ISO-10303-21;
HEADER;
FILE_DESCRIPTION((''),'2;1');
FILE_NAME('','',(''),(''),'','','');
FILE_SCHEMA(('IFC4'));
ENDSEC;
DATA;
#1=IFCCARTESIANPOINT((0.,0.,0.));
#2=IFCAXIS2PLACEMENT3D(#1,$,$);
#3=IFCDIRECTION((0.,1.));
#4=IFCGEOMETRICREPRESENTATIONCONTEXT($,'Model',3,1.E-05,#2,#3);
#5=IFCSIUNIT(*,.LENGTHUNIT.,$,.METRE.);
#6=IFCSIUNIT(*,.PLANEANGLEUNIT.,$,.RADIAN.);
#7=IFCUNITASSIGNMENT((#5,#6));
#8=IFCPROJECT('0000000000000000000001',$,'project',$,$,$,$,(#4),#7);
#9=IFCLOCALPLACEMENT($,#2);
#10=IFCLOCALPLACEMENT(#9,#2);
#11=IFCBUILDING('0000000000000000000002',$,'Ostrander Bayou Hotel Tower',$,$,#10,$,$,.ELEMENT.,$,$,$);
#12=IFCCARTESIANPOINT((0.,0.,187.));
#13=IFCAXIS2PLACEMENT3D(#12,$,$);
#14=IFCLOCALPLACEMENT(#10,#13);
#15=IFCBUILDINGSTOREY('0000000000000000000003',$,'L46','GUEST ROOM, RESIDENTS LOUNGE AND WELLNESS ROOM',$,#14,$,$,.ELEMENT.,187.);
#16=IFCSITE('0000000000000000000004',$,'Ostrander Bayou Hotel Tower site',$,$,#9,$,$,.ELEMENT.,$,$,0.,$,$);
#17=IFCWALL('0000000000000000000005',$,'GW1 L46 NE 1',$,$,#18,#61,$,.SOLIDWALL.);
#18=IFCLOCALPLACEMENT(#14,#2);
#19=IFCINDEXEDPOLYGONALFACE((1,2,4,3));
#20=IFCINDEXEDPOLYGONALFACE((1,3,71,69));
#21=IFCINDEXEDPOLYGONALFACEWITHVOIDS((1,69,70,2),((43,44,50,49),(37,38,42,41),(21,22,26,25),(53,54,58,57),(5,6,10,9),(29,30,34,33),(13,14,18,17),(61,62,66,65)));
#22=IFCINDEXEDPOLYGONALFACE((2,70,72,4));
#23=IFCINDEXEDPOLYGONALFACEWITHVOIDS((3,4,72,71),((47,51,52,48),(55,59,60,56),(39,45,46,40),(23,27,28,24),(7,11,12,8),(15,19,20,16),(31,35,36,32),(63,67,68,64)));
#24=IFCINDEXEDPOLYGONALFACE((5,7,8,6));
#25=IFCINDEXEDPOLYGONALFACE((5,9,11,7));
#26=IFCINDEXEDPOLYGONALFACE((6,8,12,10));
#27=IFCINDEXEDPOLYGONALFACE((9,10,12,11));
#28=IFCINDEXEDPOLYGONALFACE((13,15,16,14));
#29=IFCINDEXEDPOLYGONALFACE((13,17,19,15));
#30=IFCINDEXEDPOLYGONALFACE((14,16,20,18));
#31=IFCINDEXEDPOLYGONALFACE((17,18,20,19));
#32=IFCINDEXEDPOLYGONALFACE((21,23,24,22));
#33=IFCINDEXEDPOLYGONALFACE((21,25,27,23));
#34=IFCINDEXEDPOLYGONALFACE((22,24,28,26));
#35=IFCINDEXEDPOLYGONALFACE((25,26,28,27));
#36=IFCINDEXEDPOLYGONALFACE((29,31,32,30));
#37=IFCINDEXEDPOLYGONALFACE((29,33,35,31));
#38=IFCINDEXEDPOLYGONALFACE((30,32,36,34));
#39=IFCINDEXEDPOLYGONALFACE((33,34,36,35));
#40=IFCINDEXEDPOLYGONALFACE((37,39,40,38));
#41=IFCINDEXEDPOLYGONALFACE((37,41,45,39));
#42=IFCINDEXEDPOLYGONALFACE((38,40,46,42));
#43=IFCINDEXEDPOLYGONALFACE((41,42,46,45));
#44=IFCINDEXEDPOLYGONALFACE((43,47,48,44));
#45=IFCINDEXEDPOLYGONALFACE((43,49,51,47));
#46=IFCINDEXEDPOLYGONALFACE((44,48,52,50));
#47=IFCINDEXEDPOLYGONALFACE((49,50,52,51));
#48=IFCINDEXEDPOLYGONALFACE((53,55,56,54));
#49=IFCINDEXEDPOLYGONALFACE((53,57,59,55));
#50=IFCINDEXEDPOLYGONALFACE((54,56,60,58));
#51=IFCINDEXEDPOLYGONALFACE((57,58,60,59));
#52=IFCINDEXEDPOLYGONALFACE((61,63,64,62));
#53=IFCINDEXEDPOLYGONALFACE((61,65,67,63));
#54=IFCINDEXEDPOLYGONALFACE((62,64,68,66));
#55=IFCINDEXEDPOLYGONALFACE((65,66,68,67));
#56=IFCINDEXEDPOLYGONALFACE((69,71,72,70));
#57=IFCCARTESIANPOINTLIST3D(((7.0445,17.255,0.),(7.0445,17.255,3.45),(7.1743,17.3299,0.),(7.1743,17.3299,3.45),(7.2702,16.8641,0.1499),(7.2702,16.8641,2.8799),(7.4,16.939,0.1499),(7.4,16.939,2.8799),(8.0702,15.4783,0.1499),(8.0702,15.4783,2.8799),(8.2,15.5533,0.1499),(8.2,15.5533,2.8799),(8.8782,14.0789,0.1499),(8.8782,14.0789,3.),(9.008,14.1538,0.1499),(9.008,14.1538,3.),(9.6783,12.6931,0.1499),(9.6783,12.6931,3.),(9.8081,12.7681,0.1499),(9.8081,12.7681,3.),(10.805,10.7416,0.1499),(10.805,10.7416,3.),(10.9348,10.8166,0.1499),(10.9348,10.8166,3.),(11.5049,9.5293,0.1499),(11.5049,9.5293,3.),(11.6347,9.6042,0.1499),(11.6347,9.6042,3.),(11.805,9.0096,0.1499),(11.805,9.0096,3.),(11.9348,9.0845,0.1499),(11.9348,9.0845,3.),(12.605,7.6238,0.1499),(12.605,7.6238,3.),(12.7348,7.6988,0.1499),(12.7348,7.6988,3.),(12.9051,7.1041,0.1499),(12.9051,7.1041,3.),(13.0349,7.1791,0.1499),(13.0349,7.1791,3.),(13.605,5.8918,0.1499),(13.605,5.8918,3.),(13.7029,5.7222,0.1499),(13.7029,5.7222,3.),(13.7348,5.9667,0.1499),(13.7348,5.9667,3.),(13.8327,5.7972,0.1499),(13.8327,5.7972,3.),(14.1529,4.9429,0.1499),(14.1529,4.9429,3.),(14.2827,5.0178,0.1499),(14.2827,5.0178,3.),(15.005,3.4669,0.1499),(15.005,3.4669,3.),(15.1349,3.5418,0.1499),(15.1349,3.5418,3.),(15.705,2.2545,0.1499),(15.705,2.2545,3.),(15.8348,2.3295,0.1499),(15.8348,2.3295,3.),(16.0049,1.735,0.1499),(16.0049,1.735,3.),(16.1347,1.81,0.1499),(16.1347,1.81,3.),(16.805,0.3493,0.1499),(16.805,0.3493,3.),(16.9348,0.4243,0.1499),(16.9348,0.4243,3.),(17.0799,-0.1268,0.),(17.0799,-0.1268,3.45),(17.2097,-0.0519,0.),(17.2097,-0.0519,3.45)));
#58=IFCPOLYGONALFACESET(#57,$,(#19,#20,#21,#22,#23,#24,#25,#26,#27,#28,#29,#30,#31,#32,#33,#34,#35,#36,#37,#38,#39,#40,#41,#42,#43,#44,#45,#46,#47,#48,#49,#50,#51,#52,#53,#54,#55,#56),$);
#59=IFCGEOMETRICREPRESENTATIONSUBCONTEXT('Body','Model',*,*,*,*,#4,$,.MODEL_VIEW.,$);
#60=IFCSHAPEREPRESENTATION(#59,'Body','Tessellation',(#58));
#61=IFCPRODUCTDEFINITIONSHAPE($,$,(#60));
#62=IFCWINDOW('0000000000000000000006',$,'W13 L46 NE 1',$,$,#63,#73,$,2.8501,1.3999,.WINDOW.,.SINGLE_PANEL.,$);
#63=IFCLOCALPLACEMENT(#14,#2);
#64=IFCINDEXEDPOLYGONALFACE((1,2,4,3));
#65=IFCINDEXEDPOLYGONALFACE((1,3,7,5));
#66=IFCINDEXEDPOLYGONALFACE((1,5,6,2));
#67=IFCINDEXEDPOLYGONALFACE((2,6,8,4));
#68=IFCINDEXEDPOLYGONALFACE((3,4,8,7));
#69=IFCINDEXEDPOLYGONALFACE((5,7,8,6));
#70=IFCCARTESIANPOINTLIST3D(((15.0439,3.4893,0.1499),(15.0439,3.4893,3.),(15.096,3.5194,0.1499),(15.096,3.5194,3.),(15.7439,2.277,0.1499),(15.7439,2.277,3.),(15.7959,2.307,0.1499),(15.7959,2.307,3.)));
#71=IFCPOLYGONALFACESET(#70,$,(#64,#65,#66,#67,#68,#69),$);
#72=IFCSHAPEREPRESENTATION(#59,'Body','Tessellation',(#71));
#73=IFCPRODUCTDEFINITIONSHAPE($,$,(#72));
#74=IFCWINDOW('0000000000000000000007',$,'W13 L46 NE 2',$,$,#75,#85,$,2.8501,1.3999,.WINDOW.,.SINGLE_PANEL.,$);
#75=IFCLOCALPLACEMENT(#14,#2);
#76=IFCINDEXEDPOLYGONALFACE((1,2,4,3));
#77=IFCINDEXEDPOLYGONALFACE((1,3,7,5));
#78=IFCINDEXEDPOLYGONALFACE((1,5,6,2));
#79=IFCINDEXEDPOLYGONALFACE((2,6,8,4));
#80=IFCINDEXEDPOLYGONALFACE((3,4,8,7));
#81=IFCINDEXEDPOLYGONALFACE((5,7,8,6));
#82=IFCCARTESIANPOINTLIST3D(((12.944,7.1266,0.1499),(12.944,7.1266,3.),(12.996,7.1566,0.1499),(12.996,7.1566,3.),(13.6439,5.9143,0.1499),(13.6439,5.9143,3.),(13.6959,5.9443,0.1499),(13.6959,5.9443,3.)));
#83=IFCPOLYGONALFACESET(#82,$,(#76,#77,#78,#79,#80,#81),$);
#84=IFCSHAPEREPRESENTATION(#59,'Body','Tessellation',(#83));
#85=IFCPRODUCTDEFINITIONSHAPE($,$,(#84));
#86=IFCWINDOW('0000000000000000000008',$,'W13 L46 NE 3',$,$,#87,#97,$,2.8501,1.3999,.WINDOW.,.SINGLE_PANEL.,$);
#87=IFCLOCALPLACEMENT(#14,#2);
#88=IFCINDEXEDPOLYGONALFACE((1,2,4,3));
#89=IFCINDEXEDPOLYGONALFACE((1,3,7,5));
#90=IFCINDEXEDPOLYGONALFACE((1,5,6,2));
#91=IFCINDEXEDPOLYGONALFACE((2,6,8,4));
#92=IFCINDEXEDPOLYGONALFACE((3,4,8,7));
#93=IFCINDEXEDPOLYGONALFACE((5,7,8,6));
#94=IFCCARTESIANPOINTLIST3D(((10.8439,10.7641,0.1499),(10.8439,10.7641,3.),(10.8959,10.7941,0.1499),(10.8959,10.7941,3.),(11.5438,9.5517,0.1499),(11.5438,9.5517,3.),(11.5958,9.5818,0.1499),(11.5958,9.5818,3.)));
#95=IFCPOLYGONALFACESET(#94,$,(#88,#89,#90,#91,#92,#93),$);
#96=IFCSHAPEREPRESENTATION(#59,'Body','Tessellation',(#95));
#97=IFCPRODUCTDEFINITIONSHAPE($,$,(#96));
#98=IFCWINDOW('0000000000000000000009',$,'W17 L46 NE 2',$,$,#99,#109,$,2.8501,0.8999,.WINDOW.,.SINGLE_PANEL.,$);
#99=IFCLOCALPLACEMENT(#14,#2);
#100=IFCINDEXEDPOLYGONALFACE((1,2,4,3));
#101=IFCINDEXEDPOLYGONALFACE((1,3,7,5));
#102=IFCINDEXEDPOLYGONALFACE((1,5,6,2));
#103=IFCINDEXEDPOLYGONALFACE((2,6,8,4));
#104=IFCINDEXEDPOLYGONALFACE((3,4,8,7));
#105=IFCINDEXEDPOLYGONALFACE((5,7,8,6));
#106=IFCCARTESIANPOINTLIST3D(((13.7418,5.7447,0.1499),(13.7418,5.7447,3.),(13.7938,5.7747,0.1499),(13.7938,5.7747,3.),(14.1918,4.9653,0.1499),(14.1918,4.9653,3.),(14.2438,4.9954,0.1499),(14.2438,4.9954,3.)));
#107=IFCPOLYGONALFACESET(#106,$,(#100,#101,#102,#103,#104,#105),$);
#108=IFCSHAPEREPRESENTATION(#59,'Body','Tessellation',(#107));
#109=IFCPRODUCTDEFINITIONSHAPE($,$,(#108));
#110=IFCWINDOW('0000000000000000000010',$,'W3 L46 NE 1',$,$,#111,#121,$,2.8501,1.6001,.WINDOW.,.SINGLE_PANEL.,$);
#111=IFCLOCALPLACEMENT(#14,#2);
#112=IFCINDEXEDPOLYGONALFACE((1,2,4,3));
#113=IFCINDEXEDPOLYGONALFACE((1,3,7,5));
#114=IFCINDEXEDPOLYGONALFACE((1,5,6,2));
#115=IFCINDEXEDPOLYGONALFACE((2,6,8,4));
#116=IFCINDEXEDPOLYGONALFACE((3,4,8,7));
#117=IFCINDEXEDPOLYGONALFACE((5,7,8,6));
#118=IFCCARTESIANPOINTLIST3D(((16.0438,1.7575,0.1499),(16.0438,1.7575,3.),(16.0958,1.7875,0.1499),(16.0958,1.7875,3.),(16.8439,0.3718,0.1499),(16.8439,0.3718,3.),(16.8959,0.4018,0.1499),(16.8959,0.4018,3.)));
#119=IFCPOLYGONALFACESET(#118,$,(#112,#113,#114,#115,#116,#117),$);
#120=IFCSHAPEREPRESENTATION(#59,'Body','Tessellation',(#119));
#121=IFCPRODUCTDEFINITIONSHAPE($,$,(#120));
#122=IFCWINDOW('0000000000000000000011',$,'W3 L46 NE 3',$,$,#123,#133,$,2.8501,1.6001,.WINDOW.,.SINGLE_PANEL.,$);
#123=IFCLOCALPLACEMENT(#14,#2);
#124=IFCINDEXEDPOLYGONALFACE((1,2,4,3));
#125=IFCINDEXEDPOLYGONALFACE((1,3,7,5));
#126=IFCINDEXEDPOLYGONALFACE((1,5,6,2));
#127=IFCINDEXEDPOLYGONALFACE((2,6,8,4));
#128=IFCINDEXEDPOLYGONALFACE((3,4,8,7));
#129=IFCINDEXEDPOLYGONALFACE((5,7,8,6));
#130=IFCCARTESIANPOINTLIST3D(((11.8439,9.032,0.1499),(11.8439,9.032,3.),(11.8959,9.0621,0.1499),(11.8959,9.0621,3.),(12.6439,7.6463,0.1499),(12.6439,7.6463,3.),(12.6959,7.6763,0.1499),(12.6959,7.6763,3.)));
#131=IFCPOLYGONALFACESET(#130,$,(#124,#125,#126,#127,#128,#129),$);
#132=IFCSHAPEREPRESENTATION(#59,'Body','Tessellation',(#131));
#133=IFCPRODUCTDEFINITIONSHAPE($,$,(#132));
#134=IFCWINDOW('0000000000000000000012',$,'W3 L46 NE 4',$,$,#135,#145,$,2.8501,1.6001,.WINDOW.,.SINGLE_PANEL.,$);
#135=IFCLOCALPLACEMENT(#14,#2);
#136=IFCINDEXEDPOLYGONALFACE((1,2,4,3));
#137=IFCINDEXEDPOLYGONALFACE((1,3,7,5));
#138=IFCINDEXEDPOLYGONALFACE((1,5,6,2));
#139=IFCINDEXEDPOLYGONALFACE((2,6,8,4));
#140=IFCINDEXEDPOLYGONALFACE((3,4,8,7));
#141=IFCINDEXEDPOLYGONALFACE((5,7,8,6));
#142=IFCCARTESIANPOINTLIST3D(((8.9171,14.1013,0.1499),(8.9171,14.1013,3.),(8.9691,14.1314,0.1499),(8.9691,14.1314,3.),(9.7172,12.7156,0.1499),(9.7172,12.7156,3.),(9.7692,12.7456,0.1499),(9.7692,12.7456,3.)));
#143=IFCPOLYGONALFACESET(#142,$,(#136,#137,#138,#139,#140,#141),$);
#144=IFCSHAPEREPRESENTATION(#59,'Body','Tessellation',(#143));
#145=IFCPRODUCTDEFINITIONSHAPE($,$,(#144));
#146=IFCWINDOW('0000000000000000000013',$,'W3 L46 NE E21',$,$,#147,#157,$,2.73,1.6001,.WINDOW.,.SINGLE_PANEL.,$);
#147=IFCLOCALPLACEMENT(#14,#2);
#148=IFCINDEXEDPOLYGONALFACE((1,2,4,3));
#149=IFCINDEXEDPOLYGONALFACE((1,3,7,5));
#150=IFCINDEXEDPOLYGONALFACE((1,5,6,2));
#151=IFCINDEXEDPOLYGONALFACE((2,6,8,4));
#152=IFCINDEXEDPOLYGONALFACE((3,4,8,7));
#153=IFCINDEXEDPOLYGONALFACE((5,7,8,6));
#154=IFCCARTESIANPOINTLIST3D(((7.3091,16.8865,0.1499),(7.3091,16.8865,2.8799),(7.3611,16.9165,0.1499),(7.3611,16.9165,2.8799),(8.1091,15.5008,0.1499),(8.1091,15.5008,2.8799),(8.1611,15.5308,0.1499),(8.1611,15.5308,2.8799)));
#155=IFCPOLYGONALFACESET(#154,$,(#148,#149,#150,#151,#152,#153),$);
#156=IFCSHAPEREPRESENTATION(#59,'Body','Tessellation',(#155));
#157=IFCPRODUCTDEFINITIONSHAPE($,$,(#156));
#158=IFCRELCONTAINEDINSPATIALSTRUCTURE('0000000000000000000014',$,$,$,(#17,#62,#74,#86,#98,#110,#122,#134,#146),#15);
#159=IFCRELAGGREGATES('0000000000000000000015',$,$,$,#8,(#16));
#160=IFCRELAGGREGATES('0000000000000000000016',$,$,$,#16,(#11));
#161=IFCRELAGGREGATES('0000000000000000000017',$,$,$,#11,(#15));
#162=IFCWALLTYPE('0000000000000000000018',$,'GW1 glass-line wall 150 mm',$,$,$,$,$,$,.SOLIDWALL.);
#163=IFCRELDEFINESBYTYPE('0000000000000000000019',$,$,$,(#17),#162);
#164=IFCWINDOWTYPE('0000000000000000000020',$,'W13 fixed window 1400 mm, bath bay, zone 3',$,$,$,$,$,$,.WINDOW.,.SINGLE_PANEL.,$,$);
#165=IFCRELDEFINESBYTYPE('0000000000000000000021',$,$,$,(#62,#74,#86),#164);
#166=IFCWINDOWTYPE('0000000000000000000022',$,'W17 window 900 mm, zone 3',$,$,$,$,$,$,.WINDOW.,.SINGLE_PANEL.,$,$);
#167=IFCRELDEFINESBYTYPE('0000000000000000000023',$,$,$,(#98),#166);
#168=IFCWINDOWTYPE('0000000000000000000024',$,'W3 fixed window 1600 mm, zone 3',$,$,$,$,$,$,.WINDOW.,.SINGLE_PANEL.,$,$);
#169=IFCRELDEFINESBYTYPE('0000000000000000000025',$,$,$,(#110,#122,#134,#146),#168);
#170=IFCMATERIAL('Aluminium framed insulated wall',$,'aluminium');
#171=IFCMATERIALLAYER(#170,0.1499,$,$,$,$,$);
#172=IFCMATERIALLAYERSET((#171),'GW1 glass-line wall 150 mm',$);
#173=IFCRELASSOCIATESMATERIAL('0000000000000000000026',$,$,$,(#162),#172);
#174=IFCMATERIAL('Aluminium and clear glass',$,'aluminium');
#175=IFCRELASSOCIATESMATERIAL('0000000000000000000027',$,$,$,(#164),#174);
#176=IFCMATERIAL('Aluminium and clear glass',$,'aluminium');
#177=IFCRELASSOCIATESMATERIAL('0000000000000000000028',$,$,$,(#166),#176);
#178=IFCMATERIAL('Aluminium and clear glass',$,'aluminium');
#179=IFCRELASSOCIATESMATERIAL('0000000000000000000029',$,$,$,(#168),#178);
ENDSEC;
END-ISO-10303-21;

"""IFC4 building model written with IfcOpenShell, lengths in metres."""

from ifc_helpers import new_model, si_unit, direction, frame, frame_2d, origin, place, context, subcontext, project, spatial, rectangle, extrude, material, layer, layer_set, type_object, element, fill, save


model = new_model("IFC4")

# Units and contexts
model_context = context("Model", 3, precision=1e-05, world=origin(), true_north=direction((0.0, 1.0)))
body_context = subcontext(model_context, "Body", "Model", "MODEL_VIEW")
ifc_project = project(units=[si_unit("LENGTHUNIT", "METRE"), si_unit("PLANEANGLEUNIT", "RADIAN")], contexts=[model_context])

# Site, building, storey
site_placement = place(None, origin())
site = spatial("IfcSite", under=ifc_project, at=site_placement, Name="Ostrander Bayou Hotel Tower site", CompositionType="ELEMENT", RefElevation=0.0)
building_placement = place(site_placement, origin())
building = spatial("IfcBuilding", under=site, at=building_placement, Name="Ostrander Bayou Hotel Tower", CompositionType="ELEMENT")
storey_placement = place(building_placement, frame((0.0, 0.0, 187.0)))
storey = spatial("IfcBuildingStorey", under=building, at=storey_placement, Name="L46", Description="GUEST ROOM, RESIDENTS LOUNGE AND WELLNESS ROOM", CompositionType="ELEMENT", Elevation=187.0)

# Wall, openings, windows
ifc_material_1 = material(Name="Aluminium framed insulated wall", Category="aluminium")
ifc_layer_1 = layer(ifc_material_1, 0.1499)
ifc_layer_set_1 = layer_set([ifc_layer_1], Name="GW1 glass-line wall 150 mm")
wall_type_1 = type_object("IfcWallType", Name="GW1 glass-line wall 150 mm", PredefinedType="SOLIDWALL", material=ifc_layer_set_1)
wall_1_placement = place(storey_placement, frame((17.1448, -0.0894, 0.0), z_axis=(0.0, 0.0, 1.0), x_axis=(-0.5, 0.866026, 0.0)))
wall_1 = element("IfcWall", 1, at=wall_1_placement, inside=storey, type_object=wall_type_1, Name="GW1 L46 NE 1", PredefinedType="SOLIDWALL", context=body_context, shape_type="SweptSolid", body=[
    extrude(rectangle(XDim=20.0708, YDim=0.1499, at=frame_2d((10.0354, 0.0))), origin(), (0.0, 0.0, 1.0), 3.45),
])
opening_1_placement = place(wall_1_placement, frame((0.5498, 0.0, 0.1499)))
opening_1 = element("IfcOpeningElement", 2, at=opening_1_placement, cuts=wall_1, PredefinedType="OPENING", context=body_context, shape_type="SweptSolid", body=[
    extrude(rectangle(XDim=1.6001, YDim=2.8501, at=frame_2d((0.8, 1.425))), frame((0.0, 0.075, 0.0), z_axis=(0.0, -1.0, 0.0), x_axis=(1.0, 0.0, 0.0)), (0.0, 0.0, 1.0), 0.1499),
])
opening_2_placement = place(wall_1_placement, frame((2.7498, 0.0, 0.1499)))
opening_2 = element("IfcOpeningElement", 3, at=opening_2_placement, cuts=wall_1, PredefinedType="OPENING", context=body_context, shape_type="SweptSolid", body=[
    extrude(rectangle(XDim=1.3999, YDim=2.8501, at=frame_2d((0.7, 1.425))), frame((0.0, 0.075, 0.0), z_axis=(0.0, -1.0, 0.0), x_axis=(1.0, 0.0, 0.0)), (0.0, 0.0, 1.0), 0.1499),
])
opening_3_placement = place(wall_1_placement, frame((5.854, 0.0, 0.1499)))
opening_3 = element("IfcOpeningElement", 4, at=opening_3_placement, cuts=wall_1, PredefinedType="OPENING", context=body_context, shape_type="SweptSolid", body=[
    extrude(rectangle(XDim=0.8999, YDim=2.8501, at=frame_2d((0.45, 1.425))), frame((0.0, 0.075, 0.0), z_axis=(0.0, -1.0, 0.0), x_axis=(1.0, 0.0, 0.0)), (0.0, 0.0, 1.0), 0.1499),
])
opening_4_placement = place(wall_1_placement, frame((6.9497, 0.0, 0.1499)))
opening_4 = element("IfcOpeningElement", 5, at=opening_4_placement, cuts=wall_1, PredefinedType="OPENING", context=body_context, shape_type="SweptSolid", body=[
    extrude(rectangle(XDim=1.3999, YDim=2.8501, at=frame_2d((0.7, 1.425))), frame((0.0, 0.075, 0.0), z_axis=(0.0, -1.0, 0.0), x_axis=(1.0, 0.0, 0.0)), (0.0, 0.0, 1.0), 0.1499),
])
opening_5_placement = place(wall_1_placement, frame((8.9497, 0.0, 0.1499)))
opening_5 = element("IfcOpeningElement", 6, at=opening_5_placement, cuts=wall_1, PredefinedType="OPENING", context=body_context, shape_type="SweptSolid", body=[
    extrude(rectangle(XDim=1.6001, YDim=2.8501, at=frame_2d((0.8, 1.425))), frame((0.0, 0.075, 0.0), z_axis=(0.0, -1.0, 0.0), x_axis=(1.0, 0.0, 0.0)), (0.0, 0.0, 1.0), 0.1499),
])
opening_6_placement = place(wall_1_placement, frame((11.1499, 0.0, 0.1499)))
opening_6 = element("IfcOpeningElement", 7, at=opening_6_placement, cuts=wall_1, PredefinedType="OPENING", context=body_context, shape_type="SweptSolid", body=[
    extrude(rectangle(XDim=1.3999, YDim=2.8501, at=frame_2d((0.7, 1.425))), frame((0.0, 0.075, 0.0), z_axis=(0.0, -1.0, 0.0), x_axis=(1.0, 0.0, 0.0)), (0.0, 0.0, 1.0), 0.1499),
])
opening_7_placement = place(wall_1_placement, frame((14.8032, 0.0, 0.1499)))
opening_7 = element("IfcOpeningElement", 8, at=opening_7_placement, cuts=wall_1, PredefinedType="OPENING", context=body_context, shape_type="SweptSolid", body=[
    extrude(rectangle(XDim=1.6001, YDim=2.8501, at=frame_2d((0.8, 1.425))), frame((0.0, 0.075, 0.0), z_axis=(0.0, -1.0, 0.0), x_axis=(1.0, 0.0, 0.0)), (0.0, 0.0, 1.0), 0.1499),
])
opening_8_placement = place(wall_1_placement, frame((18.0193, 0.0, 0.1499)))
opening_8 = element("IfcOpeningElement", 9, at=opening_8_placement, cuts=wall_1, PredefinedType="OPENING", context=body_context, shape_type="SweptSolid", body=[
    extrude(rectangle(XDim=1.6001, YDim=2.73, at=frame_2d((0.8, 1.365))), frame((0.0, 0.075, 0.0), z_axis=(0.0, -1.0, 0.0), x_axis=(1.0, 0.0, 0.0)), (0.0, 0.0, 1.0), 0.1499),
])
ifc_material_2 = material(Name="Aluminium and clear glass", Category="aluminium")
window_type_1 = type_object("IfcWindowType", Name="W13 fixed window 1400 mm, bath bay, zone 3", PartitioningType="SINGLE_PANEL", PredefinedType="WINDOW", material=ifc_material_2)
window_1_placement = place(opening_2_placement, origin())
window_1 = element("IfcWindow", 10, at=window_1_placement, inside=storey, type_object=window_type_1, Name="W13 L46 NE 1", OverallHeight=2.8501, OverallWidth=1.3999, PartitioningType="SINGLE_PANEL", PredefinedType="WINDOW", context=body_context, shape_type="SweptSolid", body=[
    extrude(rectangle(XDim=1.3999, YDim=2.8501, at=frame_2d((0.7, 1.425))), frame((0.0, 0.03, 0.0), z_axis=(0.0, -1.0, 0.0), x_axis=(1.0, 0.0, 0.0)), (0.0, 0.0, 1.0), 0.0601),
])
fill(opening_2, window_1)
window_2_placement = place(opening_4_placement, origin())
window_2 = element("IfcWindow", 11, at=window_2_placement, inside=storey, type_object=window_type_1, Name="W13 L46 NE 2", OverallHeight=2.8501, OverallWidth=1.3999, PartitioningType="SINGLE_PANEL", PredefinedType="WINDOW", context=body_context, shape_type="SweptSolid", body=[
    extrude(rectangle(XDim=1.3999, YDim=2.8501, at=frame_2d((0.7, 1.425))), frame((0.0, 0.03, 0.0), z_axis=(0.0, -1.0, 0.0), x_axis=(1.0, 0.0, 0.0)), (0.0, 0.0, 1.0), 0.0601),
])
fill(opening_4, window_2)
window_3_placement = place(opening_6_placement, origin())
window_3 = element("IfcWindow", 12, at=window_3_placement, inside=storey, type_object=window_type_1, Name="W13 L46 NE 3", OverallHeight=2.8501, OverallWidth=1.3999, PartitioningType="SINGLE_PANEL", PredefinedType="WINDOW", context=body_context, shape_type="SweptSolid", body=[
    extrude(rectangle(XDim=1.3999, YDim=2.8501, at=frame_2d((0.7, 1.425))), frame((0.0, 0.03, 0.0), z_axis=(0.0, -1.0, 0.0), x_axis=(1.0, 0.0, 0.0)), (0.0, 0.0, 1.0), 0.0601),
])
fill(opening_6, window_3)
ifc_material_3 = material(Name="Aluminium and clear glass", Category="aluminium")
window_type_2 = type_object("IfcWindowType", Name="W17 window 900 mm, zone 3", PartitioningType="SINGLE_PANEL", PredefinedType="WINDOW", material=ifc_material_3)
window_4_placement = place(opening_3_placement, origin())
window_4 = element("IfcWindow", 13, at=window_4_placement, inside=storey, type_object=window_type_2, Name="W17 L46 NE 2", OverallHeight=2.8501, OverallWidth=0.8999, PartitioningType="SINGLE_PANEL", PredefinedType="WINDOW", context=body_context, shape_type="SweptSolid", body=[
    extrude(rectangle(XDim=0.8999, YDim=2.8501, at=frame_2d((0.45, 1.425))), frame((0.0, 0.03, 0.0), z_axis=(0.0, -1.0, 0.0), x_axis=(1.0, 0.0, 0.0)), (0.0, 0.0, 1.0), 0.0601),
])
fill(opening_3, window_4)
ifc_material_4 = material(Name="Aluminium and clear glass", Category="aluminium")
window_type_3 = type_object("IfcWindowType", Name="W3 fixed window 1600 mm, zone 3", PartitioningType="SINGLE_PANEL", PredefinedType="WINDOW", material=ifc_material_4)
window_5_placement = place(opening_1_placement, origin())
window_5 = element("IfcWindow", 14, at=window_5_placement, inside=storey, type_object=window_type_3, Name="W3 L46 NE 1", OverallHeight=2.8501, OverallWidth=1.6001, PartitioningType="SINGLE_PANEL", PredefinedType="WINDOW", context=body_context, shape_type="SweptSolid", body=[
    extrude(rectangle(XDim=1.6001, YDim=2.8501, at=frame_2d((0.8, 1.425))), frame((0.0, 0.03, 0.0), z_axis=(0.0, -1.0, 0.0), x_axis=(1.0, 0.0, 0.0)), (0.0, 0.0, 1.0), 0.0601),
])
fill(opening_1, window_5)
window_6_placement = place(opening_5_placement, origin())
window_6 = element("IfcWindow", 15, at=window_6_placement, inside=storey, type_object=window_type_3, Name="W3 L46 NE 3", OverallHeight=2.8501, OverallWidth=1.6001, PartitioningType="SINGLE_PANEL", PredefinedType="WINDOW", context=body_context, shape_type="SweptSolid", body=[
    extrude(rectangle(XDim=1.6001, YDim=2.8501, at=frame_2d((0.8, 1.425))), frame((0.0, 0.03, 0.0), z_axis=(0.0, -1.0, 0.0), x_axis=(1.0, 0.0, 0.0)), (0.0, 0.0, 1.0), 0.0601),
])
fill(opening_5, window_6)
window_7_placement = place(opening_7_placement, origin())
window_7 = element("IfcWindow", 16, at=window_7_placement, inside=storey, type_object=window_type_3, Name="W3 L46 NE 4", OverallHeight=2.8501, OverallWidth=1.6001, PartitioningType="SINGLE_PANEL", PredefinedType="WINDOW", context=body_context, shape_type="SweptSolid", body=[
    extrude(rectangle(XDim=1.6001, YDim=2.8501, at=frame_2d((0.8, 1.425))), frame((0.0, 0.03, 0.0), z_axis=(0.0, -1.0, 0.0), x_axis=(1.0, 0.0, 0.0)), (0.0, 0.0, 1.0), 0.0601),
])
fill(opening_7, window_7)
window_8_placement = place(opening_8_placement, origin())
window_8 = element("IfcWindow", 17, at=window_8_placement, inside=storey, type_object=window_type_3, Name="W3 L46 NE E21", OverallHeight=2.73, OverallWidth=1.6001, PartitioningType="SINGLE_PANEL", PredefinedType="WINDOW", context=body_context, shape_type="SweptSolid", body=[
    extrude(rectangle(XDim=1.6001, YDim=2.73, at=frame_2d((0.8, 1.365))), frame((0.0, 0.03, 0.0), z_axis=(0.0, -1.0, 0.0), x_axis=(1.0, 0.0, 0.0)), (0.0, 0.0, 1.0), 0.0601),
])
fill(opening_8, window_8)

save(model, "model.ifc")
